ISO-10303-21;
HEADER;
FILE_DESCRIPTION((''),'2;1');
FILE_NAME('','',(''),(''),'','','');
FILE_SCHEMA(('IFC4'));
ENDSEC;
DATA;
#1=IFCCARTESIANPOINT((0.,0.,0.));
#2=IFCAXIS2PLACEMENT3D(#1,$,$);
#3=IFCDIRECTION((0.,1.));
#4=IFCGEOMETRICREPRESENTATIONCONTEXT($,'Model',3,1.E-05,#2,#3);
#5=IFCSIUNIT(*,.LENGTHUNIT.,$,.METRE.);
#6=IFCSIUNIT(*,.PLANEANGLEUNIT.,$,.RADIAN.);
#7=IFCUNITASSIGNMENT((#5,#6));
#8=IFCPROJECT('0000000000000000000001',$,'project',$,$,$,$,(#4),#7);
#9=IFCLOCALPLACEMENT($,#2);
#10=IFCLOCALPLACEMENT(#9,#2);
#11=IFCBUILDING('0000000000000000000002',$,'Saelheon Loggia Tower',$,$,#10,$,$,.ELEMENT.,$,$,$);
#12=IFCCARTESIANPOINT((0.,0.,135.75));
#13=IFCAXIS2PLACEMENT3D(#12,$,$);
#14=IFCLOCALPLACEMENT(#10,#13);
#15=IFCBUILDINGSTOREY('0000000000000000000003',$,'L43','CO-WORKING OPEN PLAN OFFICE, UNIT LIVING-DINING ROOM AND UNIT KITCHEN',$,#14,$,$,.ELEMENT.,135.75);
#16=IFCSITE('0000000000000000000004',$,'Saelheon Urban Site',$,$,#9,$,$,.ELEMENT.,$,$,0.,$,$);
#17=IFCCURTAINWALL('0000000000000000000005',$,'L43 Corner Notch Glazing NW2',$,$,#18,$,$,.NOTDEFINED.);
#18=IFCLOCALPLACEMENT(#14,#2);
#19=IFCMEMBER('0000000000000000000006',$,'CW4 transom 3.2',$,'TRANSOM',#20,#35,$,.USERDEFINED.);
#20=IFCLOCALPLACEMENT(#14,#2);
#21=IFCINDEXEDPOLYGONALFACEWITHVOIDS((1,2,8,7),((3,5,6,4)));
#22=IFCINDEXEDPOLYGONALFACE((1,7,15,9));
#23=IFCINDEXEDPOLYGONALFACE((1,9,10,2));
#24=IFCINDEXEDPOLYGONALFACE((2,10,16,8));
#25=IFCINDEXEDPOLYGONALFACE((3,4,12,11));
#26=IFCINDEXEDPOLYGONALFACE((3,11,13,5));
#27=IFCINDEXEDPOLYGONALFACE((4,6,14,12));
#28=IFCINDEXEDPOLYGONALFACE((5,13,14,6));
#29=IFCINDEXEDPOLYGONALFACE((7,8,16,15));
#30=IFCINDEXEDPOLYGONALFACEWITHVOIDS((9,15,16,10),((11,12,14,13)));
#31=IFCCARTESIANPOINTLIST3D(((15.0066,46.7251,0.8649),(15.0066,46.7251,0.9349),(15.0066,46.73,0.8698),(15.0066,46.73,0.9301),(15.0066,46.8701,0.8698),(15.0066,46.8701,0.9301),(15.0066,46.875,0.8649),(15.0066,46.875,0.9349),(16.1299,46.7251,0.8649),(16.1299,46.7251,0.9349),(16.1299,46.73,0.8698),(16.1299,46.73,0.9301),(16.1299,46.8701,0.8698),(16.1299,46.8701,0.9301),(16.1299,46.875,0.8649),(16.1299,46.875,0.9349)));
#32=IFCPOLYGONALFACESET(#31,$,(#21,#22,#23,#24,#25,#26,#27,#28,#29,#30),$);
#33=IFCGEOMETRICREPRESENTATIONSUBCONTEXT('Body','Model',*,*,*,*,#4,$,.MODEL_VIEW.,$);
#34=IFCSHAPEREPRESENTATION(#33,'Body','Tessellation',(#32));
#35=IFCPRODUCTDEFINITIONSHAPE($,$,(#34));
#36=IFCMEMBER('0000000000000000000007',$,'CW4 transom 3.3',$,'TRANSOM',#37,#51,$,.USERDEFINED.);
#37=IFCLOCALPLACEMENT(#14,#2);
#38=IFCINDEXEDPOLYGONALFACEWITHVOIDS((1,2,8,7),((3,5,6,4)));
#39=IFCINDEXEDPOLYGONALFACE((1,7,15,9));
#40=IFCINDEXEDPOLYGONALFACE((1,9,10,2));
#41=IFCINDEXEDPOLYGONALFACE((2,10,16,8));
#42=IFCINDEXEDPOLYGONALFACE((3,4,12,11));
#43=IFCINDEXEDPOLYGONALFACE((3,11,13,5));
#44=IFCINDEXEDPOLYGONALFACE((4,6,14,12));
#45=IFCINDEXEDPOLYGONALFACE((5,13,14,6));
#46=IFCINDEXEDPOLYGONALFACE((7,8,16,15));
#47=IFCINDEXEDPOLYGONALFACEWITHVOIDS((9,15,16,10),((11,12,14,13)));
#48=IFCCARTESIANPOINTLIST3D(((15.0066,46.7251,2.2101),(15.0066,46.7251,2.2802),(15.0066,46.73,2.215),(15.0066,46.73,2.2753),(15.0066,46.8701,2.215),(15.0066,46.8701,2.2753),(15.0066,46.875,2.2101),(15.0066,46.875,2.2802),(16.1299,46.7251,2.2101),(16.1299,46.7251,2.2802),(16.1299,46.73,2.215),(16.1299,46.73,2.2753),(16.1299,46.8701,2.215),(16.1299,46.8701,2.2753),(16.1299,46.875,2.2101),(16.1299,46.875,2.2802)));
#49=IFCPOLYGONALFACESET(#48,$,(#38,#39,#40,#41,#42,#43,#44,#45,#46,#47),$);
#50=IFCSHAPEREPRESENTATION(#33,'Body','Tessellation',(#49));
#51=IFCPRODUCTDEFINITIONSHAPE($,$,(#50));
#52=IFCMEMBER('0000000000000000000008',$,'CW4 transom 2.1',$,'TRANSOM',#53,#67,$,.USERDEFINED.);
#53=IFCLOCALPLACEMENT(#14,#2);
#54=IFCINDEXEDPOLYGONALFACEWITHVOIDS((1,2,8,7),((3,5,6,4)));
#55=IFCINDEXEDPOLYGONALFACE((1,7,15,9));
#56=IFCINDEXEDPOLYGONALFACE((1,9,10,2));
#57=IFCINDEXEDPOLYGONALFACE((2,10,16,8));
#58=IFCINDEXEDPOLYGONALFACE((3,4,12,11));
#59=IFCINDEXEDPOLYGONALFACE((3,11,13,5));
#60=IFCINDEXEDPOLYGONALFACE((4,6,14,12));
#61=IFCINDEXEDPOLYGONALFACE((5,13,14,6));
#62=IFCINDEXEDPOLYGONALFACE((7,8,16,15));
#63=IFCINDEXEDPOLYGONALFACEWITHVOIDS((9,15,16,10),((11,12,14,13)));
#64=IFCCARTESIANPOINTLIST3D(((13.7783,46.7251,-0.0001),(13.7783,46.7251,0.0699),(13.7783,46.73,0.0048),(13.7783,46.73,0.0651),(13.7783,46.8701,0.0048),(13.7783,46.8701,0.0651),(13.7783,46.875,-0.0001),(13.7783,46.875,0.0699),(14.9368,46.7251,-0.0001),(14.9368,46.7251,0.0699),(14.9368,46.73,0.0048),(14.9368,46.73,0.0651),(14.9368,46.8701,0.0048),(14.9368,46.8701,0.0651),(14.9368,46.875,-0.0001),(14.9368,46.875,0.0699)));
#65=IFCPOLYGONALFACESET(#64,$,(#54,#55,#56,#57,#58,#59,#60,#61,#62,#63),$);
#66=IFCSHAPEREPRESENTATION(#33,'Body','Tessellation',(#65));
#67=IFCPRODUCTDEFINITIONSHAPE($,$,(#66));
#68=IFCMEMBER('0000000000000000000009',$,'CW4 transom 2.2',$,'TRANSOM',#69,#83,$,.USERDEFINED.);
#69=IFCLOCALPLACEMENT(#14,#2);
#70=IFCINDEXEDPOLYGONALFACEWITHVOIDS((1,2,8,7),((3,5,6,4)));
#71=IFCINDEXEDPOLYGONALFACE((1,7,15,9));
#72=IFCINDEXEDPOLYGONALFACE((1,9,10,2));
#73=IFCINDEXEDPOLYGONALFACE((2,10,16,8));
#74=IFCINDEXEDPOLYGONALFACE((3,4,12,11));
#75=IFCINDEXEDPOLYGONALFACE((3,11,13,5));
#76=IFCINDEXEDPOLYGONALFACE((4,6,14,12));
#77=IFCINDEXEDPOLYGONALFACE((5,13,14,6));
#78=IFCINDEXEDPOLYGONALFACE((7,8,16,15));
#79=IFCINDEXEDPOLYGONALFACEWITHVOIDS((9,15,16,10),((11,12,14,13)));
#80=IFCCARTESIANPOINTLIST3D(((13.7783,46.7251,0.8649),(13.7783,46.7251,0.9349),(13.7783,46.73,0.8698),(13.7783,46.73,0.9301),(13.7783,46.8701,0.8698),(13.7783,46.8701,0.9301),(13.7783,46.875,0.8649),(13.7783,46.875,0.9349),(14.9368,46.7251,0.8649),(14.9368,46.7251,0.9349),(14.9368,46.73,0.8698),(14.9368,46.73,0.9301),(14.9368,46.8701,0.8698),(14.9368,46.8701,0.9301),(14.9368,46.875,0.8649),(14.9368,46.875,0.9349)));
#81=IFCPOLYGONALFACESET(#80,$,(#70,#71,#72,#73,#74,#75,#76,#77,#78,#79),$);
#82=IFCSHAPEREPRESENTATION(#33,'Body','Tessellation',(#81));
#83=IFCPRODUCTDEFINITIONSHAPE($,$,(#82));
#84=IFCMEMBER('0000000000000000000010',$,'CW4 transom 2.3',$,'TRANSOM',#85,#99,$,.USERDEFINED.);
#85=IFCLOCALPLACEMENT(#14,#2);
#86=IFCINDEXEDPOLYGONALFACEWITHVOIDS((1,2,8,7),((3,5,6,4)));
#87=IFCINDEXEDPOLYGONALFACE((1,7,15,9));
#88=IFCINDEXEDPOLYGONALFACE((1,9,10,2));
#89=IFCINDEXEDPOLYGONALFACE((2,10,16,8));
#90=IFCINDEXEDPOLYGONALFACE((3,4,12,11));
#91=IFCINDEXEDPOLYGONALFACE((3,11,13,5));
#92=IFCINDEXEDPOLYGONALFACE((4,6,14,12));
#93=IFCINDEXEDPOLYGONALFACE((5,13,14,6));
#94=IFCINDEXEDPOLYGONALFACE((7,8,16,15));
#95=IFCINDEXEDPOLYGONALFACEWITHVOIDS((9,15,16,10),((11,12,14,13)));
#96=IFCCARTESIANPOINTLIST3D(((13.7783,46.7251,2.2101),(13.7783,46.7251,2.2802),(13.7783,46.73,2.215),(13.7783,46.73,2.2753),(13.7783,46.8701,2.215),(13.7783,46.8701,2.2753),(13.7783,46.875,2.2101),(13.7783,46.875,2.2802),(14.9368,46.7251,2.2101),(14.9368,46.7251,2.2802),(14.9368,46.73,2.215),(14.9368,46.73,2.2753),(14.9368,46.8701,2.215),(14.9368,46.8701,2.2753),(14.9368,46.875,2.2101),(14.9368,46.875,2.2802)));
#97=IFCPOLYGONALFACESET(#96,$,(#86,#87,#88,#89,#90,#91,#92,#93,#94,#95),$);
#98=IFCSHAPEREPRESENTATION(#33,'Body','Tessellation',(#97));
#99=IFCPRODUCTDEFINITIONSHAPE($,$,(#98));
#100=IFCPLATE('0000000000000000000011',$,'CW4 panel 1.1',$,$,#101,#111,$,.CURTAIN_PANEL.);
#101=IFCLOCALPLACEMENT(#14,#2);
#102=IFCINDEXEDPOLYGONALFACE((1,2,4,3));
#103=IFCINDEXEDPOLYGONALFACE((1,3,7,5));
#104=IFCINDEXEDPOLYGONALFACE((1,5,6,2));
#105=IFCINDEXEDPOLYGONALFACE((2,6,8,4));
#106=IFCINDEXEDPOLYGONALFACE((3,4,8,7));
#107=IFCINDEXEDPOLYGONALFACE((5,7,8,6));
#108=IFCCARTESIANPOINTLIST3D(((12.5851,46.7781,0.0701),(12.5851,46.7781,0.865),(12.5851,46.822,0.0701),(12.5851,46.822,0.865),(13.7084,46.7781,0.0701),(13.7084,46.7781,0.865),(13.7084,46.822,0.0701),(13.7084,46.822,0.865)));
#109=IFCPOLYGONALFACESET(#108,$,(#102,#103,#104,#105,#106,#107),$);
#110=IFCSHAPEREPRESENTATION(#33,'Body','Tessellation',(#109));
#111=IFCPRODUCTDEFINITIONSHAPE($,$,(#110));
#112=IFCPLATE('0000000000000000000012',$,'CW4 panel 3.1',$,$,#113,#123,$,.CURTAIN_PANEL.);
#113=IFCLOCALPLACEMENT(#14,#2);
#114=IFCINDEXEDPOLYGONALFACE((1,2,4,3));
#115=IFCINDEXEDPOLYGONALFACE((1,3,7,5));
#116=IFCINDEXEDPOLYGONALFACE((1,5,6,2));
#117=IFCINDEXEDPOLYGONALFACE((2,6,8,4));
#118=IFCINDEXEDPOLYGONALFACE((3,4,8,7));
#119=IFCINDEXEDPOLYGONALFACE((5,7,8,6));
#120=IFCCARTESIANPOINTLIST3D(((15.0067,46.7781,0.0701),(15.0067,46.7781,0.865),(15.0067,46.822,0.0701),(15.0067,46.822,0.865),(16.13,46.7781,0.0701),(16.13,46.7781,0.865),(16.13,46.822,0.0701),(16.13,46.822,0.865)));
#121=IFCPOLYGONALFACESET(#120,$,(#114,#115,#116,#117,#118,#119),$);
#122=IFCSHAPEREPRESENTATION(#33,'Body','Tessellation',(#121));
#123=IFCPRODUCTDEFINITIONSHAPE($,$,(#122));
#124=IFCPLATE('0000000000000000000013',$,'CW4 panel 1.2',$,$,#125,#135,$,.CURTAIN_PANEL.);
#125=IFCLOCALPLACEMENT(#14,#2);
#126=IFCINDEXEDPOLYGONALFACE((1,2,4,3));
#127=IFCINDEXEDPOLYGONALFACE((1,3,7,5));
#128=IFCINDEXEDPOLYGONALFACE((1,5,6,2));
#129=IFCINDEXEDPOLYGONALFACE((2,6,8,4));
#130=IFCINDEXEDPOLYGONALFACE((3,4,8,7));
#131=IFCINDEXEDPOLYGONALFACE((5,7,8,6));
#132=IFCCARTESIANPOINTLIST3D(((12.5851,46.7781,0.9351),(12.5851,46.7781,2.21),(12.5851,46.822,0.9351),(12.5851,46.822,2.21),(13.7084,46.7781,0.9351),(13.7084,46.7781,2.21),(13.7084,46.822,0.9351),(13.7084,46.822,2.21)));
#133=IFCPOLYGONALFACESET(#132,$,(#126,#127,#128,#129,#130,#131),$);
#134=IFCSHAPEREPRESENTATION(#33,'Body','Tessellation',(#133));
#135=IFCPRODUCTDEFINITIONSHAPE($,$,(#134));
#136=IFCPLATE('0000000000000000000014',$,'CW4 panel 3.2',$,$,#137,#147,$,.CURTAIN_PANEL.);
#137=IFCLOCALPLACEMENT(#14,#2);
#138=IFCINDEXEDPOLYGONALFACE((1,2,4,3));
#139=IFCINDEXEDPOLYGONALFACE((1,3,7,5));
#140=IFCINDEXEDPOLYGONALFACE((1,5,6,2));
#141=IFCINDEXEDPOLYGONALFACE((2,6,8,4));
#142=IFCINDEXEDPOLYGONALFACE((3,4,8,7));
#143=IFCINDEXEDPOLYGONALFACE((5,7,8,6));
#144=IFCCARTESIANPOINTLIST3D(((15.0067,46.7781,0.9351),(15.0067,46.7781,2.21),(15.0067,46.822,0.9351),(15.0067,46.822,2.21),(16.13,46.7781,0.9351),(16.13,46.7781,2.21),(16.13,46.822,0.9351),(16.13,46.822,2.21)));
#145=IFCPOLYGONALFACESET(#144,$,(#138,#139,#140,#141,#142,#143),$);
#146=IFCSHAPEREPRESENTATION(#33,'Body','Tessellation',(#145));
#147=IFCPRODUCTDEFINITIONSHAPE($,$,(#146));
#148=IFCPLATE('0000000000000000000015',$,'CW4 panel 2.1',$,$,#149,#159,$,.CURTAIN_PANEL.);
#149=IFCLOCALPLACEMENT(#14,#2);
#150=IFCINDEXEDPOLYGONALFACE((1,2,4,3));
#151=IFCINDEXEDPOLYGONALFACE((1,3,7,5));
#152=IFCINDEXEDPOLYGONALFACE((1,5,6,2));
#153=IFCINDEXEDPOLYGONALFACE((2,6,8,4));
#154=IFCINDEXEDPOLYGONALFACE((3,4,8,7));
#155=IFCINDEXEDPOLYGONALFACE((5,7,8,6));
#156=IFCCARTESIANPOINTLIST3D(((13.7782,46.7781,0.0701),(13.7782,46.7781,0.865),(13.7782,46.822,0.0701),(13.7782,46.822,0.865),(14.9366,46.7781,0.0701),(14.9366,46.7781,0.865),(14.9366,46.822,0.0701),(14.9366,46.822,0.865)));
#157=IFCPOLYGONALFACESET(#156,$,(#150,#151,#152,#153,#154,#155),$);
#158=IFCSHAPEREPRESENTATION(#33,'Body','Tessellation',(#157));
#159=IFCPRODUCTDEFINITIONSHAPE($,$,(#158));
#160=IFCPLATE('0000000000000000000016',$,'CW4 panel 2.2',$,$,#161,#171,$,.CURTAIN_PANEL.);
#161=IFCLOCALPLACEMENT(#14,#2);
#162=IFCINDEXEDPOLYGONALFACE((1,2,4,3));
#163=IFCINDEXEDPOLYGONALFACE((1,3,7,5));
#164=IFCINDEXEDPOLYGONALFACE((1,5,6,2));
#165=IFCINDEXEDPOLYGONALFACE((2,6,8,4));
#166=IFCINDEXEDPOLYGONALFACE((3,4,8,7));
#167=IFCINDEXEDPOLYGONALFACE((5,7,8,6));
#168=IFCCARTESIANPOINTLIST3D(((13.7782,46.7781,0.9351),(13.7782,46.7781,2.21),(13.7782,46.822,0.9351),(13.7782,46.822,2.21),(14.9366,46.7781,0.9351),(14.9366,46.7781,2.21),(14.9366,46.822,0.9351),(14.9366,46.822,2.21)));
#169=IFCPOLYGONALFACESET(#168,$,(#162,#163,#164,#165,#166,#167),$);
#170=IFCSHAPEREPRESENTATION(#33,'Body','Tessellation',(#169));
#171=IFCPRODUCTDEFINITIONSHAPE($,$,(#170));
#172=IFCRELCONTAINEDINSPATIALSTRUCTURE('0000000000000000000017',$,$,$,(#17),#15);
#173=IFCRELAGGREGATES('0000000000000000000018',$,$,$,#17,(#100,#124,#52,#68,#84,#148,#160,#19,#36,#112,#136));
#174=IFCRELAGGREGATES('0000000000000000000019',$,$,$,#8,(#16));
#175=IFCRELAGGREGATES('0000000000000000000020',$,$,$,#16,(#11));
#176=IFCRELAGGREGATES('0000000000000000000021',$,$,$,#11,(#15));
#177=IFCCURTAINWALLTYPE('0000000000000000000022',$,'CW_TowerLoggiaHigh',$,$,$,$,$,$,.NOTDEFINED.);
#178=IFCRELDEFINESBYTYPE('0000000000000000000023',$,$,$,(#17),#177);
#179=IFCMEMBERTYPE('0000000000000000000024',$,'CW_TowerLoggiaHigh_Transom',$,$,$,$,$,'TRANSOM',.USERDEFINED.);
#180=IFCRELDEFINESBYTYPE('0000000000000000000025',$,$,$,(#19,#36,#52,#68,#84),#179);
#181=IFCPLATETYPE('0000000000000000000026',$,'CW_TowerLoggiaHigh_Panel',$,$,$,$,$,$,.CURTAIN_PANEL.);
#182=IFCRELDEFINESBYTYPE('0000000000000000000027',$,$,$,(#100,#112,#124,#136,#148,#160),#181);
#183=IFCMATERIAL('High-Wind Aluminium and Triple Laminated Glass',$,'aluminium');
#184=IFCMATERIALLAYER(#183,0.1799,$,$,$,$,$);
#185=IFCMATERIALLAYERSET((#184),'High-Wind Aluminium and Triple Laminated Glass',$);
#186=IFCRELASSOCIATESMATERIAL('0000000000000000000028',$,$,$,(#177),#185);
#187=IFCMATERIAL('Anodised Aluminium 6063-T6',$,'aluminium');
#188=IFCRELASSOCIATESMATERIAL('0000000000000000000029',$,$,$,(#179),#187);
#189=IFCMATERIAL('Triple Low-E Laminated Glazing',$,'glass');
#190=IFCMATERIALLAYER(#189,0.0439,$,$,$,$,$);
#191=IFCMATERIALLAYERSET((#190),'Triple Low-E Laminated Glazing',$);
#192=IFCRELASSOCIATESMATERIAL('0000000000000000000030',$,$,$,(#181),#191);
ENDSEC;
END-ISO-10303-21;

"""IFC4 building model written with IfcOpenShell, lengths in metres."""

from ifc_helpers import new_model, si_unit, direction, frame, origin, origin_2d, place, context, subcontext, project, spatial, rectangle, hollow_rectangle, extrude, source, transform, mapped, material, layer, layer_set, material_profile, profile_set, type_object, element, aggregate, save


model = new_model("IFC4")

# Units and contexts
model_context = context("Model", 3, precision=1e-05, world=origin(), true_north=direction((0.0, 1.0)))
body_context = subcontext(model_context, "Body", "Model", "MODEL_VIEW")
ifc_project = project(units=[si_unit("LENGTHUNIT", "METRE"), si_unit("PLANEANGLEUNIT", "RADIAN")], contexts=[model_context])

# Site, building, storey
site_placement = place(None, origin())
site = spatial("IfcSite", under=ifc_project, at=site_placement, Name="Saelheon Urban Site", CompositionType="ELEMENT", RefElevation=0.0)
building_placement = place(site_placement, origin())
building = spatial("IfcBuilding", under=site, at=building_placement, Name="Saelheon Loggia Tower", CompositionType="ELEMENT")
storey_placement = place(building_placement, frame((0.0, 0.0, 135.75)))
storey = spatial("IfcBuildingStorey", under=building, at=storey_placement, Name="L43", Description="CO-WORKING OPEN PLAN OFFICE, UNIT LIVING-DINING ROOM AND UNIT KITCHEN", CompositionType="ELEMENT", Elevation=135.75)

# Shared definitions
ifc_material_1 = material(Name="High-Wind Aluminium and Triple Laminated Glass", Category="aluminium")
ifc_layer_1 = layer(ifc_material_1, 0.1799)
ifc_layer_set_1 = layer_set([ifc_layer_1], Name="High-Wind Aluminium and Triple Laminated Glass")
curtain_wall_type = type_object("IfcCurtainWallType", Name="CW_TowerLoggiaHigh", PredefinedType="NOTDEFINED", material=ifc_layer_set_1)
ifc_material_2 = material(Name="Anodised Aluminium 6063-T6", Category="aluminium")

# Curtain wall
curtain_wall_1_placement = place(storey_placement, origin())
curtain_wall_1 = element("IfcCurtainWall", 1, at=curtain_wall_1_placement, inside=storey, type_object=curtain_wall_type, Name="L43 Corner Notch Glazing NW2", PredefinedType="NOTDEFINED")

# Members
ifc_material_profile_1 = material_profile(ifc_material_2, hollow_rectangle(XDim=0.0701, YDim=0.1499, WallThickness=0.0049, at=origin_2d()), Name="RHS-150x70x5")
ifc_profile_set_1 = profile_set([ifc_material_profile_1], Name="Anodised Aluminium 6063-T6")
member_type_1 = type_object("IfcMemberType", Name="CW_TowerLoggiaHigh_Transom", ElementType="TRANSOM", PredefinedType="USERDEFINED", material=ifc_profile_set_1)
shared_shape_1 = source(origin(), body_context, "Body", "SweptSolid", [
    extrude(hollow_rectangle(XDim=0.0701, YDim=0.1499, WallThickness=0.0049, at=origin_2d()), origin(), (0.0, 0.0, 1.0), 1.1233),
])
member_1_placement = place(storey_placement, frame((15.0066, 46.8, 0.8999), z_axis=(1.0, 0.0, 0.0), x_axis=(0.0, 0.0, 1.0)))
member_1 = element("IfcMember", 2, at=member_1_placement, type_object=member_type_1, Name="CW4 transom 3.2", ObjectType="TRANSOM", PredefinedType="USERDEFINED", context=body_context, shape_type="MappedRepresentation", body=[
    mapped(shared_shape_1, transform((0.0, 0.0, 0.0), scale=1.0)),
])
member_2_placement = place(storey_placement, frame((15.0066, 46.8, 2.2451), z_axis=(1.0, 0.0, 0.0), x_axis=(0.0, 0.0, 1.0)))
member_2 = element("IfcMember", 3, at=member_2_placement, type_object=member_type_1, Name="CW4 transom 3.3", ObjectType="TRANSOM", PredefinedType="USERDEFINED", context=body_context, shape_type="MappedRepresentation", body=[
    mapped(shared_shape_1, transform((0.0, 0.0, 0.0), scale=1.0)),
])
shared_shape_2 = source(origin(), body_context, "Body", "SweptSolid", [
    extrude(hollow_rectangle(XDim=0.0701, YDim=0.1499, WallThickness=0.0049, at=origin_2d()), origin(), (0.0, 0.0, 1.0), 1.1584),
])
member_3_placement = place(storey_placement, frame((13.7783, 46.8, 0.0349), z_axis=(1.0, 0.0, 0.0), x_axis=(0.0, 0.0, 1.0)))
member_3 = element("IfcMember", 4, at=member_3_placement, type_object=member_type_1, Name="CW4 transom 2.1", ObjectType="TRANSOM", PredefinedType="USERDEFINED", context=body_context, shape_type="MappedRepresentation", body=[
    mapped(shared_shape_2, transform((0.0, 0.0, 0.0), scale=1.0)),
])
member_4_placement = place(storey_placement, frame((13.7783, 46.8, 0.8999), z_axis=(1.0, 0.0, 0.0), x_axis=(0.0, 0.0, 1.0)))
member_4 = element("IfcMember", 5, at=member_4_placement, type_object=member_type_1, Name="CW4 transom 2.2", ObjectType="TRANSOM", PredefinedType="USERDEFINED", context=body_context, shape_type="MappedRepresentation", body=[
    mapped(shared_shape_2, transform((0.0, 0.0, 0.0), scale=1.0)),
])
member_5_placement = place(storey_placement, frame((13.7783, 46.8, 2.2451), z_axis=(1.0, 0.0, 0.0), x_axis=(0.0, 0.0, 1.0)))
member_5 = element("IfcMember", 6, at=member_5_placement, type_object=member_type_1, Name="CW4 transom 2.3", ObjectType="TRANSOM", PredefinedType="USERDEFINED", context=body_context, shape_type="MappedRepresentation", body=[
    mapped(shared_shape_2, transform((0.0, 0.0, 0.0), scale=1.0)),
])

# Plates
ifc_material_3 = material(Name="Triple Low-E Laminated Glazing", Category="glass")
ifc_layer_2 = layer(ifc_material_3, 0.0439)
ifc_layer_set_2 = layer_set([ifc_layer_2], Name="Triple Low-E Laminated Glazing")
plate_type = type_object("IfcPlateType", Name="CW_TowerLoggiaHigh_Panel", PredefinedType="CURTAIN_PANEL", material=ifc_layer_set_2)
shared_shape_3 = source(origin(), body_context, "Body", "SweptSolid", [
    extrude(rectangle(XDim=1.1233, YDim=0.0439, at=origin_2d()), origin(), (0.0, 0.0, 1.0), 0.7949),
])
plate_1_placement = place(storey_placement, frame((13.1467, 46.8, 0.0701), z_axis=(0.0, 0.0, 1.0), x_axis=(1.0, 0.0, 0.0)))
plate_1 = element("IfcPlate", 7, at=plate_1_placement, type_object=plate_type, Name="CW4 panel 1.1", PredefinedType="CURTAIN_PANEL", context=body_context, shape_type="MappedRepresentation", body=[
    mapped(shared_shape_3, transform((0.0, 0.0, 0.0), scale=1.0)),
])
plate_2_placement = place(storey_placement, frame((15.5684, 46.8, 0.0701), z_axis=(0.0, 0.0, 1.0), x_axis=(1.0, 0.0, 0.0)))
plate_2 = element("IfcPlate", 8, at=plate_2_placement, type_object=plate_type, Name="CW4 panel 3.1", PredefinedType="CURTAIN_PANEL", context=body_context, shape_type="MappedRepresentation", body=[
    mapped(shared_shape_3, transform((0.0, 0.0, 0.0), scale=1.0)),
])
shared_shape_4 = source(origin(), body_context, "Body", "SweptSolid", [
    extrude(rectangle(XDim=1.1233, YDim=0.0439, at=origin_2d()), origin(), (0.0, 0.0, 1.0), 1.2749),
])
plate_3_placement = place(storey_placement, frame((13.1467, 46.8, 0.9351), z_axis=(0.0, 0.0, 1.0), x_axis=(1.0, 0.0, 0.0)))
plate_3 = element("IfcPlate", 9, at=plate_3_placement, type_object=plate_type, Name="CW4 panel 1.2", PredefinedType="CURTAIN_PANEL", context=body_context, shape_type="MappedRepresentation", body=[
    mapped(shared_shape_4, transform((0.0, 0.0, 0.0), scale=1.0)),
])
plate_4_placement = place(storey_placement, frame((15.5684, 46.8, 0.9351), z_axis=(0.0, 0.0, 1.0), x_axis=(1.0, 0.0, 0.0)))
plate_4 = element("IfcPlate", 10, at=plate_4_placement, type_object=plate_type, Name="CW4 panel 3.2", PredefinedType="CURTAIN_PANEL", context=body_context, shape_type="MappedRepresentation", body=[
    mapped(shared_shape_4, transform((0.0, 0.0, 0.0), scale=1.0)),
])
shared_shape_5 = source(origin(), body_context, "Body", "SweptSolid", [
    extrude(rectangle(XDim=1.1584, YDim=0.0439, at=origin_2d()), origin(), (0.0, 0.0, 1.0), 0.7949),
])
plate_5_placement = place(storey_placement, frame((14.3574, 46.8, 0.0701), z_axis=(0.0, 0.0, 1.0), x_axis=(1.0, 0.0, 0.0)))
plate_5 = element("IfcPlate", 11, at=plate_5_placement, type_object=plate_type, Name="CW4 panel 2.1", PredefinedType="CURTAIN_PANEL", context=body_context, shape_type="MappedRepresentation", body=[
    mapped(shared_shape_5, transform((0.0, 0.0, 0.0), scale=1.0)),
])
shared_shape_6 = source(origin(), body_context, "Body", "SweptSolid", [
    extrude(rectangle(XDim=1.1584, YDim=0.0439, at=origin_2d()), origin(), (0.0, 0.0, 1.0), 1.2749),
])
plate_6_placement = place(storey_placement, frame((14.3574, 46.8, 0.9351), z_axis=(0.0, 0.0, 1.0), x_axis=(1.0, 0.0, 0.0)))
plate_6 = element("IfcPlate", 12, at=plate_6_placement, type_object=plate_type, Name="CW4 panel 2.2", PredefinedType="CURTAIN_PANEL", context=body_context, shape_type="MappedRepresentation", body=[
    mapped(shared_shape_6, transform((0.0, 0.0, 0.0), scale=1.0)),
])
aggregate(curtain_wall_1, [plate_1, plate_3, member_3, member_4, member_5, plate_5, plate_6, member_1, member_2, plate_2, plate_4])

save(model, "model.ifc")
